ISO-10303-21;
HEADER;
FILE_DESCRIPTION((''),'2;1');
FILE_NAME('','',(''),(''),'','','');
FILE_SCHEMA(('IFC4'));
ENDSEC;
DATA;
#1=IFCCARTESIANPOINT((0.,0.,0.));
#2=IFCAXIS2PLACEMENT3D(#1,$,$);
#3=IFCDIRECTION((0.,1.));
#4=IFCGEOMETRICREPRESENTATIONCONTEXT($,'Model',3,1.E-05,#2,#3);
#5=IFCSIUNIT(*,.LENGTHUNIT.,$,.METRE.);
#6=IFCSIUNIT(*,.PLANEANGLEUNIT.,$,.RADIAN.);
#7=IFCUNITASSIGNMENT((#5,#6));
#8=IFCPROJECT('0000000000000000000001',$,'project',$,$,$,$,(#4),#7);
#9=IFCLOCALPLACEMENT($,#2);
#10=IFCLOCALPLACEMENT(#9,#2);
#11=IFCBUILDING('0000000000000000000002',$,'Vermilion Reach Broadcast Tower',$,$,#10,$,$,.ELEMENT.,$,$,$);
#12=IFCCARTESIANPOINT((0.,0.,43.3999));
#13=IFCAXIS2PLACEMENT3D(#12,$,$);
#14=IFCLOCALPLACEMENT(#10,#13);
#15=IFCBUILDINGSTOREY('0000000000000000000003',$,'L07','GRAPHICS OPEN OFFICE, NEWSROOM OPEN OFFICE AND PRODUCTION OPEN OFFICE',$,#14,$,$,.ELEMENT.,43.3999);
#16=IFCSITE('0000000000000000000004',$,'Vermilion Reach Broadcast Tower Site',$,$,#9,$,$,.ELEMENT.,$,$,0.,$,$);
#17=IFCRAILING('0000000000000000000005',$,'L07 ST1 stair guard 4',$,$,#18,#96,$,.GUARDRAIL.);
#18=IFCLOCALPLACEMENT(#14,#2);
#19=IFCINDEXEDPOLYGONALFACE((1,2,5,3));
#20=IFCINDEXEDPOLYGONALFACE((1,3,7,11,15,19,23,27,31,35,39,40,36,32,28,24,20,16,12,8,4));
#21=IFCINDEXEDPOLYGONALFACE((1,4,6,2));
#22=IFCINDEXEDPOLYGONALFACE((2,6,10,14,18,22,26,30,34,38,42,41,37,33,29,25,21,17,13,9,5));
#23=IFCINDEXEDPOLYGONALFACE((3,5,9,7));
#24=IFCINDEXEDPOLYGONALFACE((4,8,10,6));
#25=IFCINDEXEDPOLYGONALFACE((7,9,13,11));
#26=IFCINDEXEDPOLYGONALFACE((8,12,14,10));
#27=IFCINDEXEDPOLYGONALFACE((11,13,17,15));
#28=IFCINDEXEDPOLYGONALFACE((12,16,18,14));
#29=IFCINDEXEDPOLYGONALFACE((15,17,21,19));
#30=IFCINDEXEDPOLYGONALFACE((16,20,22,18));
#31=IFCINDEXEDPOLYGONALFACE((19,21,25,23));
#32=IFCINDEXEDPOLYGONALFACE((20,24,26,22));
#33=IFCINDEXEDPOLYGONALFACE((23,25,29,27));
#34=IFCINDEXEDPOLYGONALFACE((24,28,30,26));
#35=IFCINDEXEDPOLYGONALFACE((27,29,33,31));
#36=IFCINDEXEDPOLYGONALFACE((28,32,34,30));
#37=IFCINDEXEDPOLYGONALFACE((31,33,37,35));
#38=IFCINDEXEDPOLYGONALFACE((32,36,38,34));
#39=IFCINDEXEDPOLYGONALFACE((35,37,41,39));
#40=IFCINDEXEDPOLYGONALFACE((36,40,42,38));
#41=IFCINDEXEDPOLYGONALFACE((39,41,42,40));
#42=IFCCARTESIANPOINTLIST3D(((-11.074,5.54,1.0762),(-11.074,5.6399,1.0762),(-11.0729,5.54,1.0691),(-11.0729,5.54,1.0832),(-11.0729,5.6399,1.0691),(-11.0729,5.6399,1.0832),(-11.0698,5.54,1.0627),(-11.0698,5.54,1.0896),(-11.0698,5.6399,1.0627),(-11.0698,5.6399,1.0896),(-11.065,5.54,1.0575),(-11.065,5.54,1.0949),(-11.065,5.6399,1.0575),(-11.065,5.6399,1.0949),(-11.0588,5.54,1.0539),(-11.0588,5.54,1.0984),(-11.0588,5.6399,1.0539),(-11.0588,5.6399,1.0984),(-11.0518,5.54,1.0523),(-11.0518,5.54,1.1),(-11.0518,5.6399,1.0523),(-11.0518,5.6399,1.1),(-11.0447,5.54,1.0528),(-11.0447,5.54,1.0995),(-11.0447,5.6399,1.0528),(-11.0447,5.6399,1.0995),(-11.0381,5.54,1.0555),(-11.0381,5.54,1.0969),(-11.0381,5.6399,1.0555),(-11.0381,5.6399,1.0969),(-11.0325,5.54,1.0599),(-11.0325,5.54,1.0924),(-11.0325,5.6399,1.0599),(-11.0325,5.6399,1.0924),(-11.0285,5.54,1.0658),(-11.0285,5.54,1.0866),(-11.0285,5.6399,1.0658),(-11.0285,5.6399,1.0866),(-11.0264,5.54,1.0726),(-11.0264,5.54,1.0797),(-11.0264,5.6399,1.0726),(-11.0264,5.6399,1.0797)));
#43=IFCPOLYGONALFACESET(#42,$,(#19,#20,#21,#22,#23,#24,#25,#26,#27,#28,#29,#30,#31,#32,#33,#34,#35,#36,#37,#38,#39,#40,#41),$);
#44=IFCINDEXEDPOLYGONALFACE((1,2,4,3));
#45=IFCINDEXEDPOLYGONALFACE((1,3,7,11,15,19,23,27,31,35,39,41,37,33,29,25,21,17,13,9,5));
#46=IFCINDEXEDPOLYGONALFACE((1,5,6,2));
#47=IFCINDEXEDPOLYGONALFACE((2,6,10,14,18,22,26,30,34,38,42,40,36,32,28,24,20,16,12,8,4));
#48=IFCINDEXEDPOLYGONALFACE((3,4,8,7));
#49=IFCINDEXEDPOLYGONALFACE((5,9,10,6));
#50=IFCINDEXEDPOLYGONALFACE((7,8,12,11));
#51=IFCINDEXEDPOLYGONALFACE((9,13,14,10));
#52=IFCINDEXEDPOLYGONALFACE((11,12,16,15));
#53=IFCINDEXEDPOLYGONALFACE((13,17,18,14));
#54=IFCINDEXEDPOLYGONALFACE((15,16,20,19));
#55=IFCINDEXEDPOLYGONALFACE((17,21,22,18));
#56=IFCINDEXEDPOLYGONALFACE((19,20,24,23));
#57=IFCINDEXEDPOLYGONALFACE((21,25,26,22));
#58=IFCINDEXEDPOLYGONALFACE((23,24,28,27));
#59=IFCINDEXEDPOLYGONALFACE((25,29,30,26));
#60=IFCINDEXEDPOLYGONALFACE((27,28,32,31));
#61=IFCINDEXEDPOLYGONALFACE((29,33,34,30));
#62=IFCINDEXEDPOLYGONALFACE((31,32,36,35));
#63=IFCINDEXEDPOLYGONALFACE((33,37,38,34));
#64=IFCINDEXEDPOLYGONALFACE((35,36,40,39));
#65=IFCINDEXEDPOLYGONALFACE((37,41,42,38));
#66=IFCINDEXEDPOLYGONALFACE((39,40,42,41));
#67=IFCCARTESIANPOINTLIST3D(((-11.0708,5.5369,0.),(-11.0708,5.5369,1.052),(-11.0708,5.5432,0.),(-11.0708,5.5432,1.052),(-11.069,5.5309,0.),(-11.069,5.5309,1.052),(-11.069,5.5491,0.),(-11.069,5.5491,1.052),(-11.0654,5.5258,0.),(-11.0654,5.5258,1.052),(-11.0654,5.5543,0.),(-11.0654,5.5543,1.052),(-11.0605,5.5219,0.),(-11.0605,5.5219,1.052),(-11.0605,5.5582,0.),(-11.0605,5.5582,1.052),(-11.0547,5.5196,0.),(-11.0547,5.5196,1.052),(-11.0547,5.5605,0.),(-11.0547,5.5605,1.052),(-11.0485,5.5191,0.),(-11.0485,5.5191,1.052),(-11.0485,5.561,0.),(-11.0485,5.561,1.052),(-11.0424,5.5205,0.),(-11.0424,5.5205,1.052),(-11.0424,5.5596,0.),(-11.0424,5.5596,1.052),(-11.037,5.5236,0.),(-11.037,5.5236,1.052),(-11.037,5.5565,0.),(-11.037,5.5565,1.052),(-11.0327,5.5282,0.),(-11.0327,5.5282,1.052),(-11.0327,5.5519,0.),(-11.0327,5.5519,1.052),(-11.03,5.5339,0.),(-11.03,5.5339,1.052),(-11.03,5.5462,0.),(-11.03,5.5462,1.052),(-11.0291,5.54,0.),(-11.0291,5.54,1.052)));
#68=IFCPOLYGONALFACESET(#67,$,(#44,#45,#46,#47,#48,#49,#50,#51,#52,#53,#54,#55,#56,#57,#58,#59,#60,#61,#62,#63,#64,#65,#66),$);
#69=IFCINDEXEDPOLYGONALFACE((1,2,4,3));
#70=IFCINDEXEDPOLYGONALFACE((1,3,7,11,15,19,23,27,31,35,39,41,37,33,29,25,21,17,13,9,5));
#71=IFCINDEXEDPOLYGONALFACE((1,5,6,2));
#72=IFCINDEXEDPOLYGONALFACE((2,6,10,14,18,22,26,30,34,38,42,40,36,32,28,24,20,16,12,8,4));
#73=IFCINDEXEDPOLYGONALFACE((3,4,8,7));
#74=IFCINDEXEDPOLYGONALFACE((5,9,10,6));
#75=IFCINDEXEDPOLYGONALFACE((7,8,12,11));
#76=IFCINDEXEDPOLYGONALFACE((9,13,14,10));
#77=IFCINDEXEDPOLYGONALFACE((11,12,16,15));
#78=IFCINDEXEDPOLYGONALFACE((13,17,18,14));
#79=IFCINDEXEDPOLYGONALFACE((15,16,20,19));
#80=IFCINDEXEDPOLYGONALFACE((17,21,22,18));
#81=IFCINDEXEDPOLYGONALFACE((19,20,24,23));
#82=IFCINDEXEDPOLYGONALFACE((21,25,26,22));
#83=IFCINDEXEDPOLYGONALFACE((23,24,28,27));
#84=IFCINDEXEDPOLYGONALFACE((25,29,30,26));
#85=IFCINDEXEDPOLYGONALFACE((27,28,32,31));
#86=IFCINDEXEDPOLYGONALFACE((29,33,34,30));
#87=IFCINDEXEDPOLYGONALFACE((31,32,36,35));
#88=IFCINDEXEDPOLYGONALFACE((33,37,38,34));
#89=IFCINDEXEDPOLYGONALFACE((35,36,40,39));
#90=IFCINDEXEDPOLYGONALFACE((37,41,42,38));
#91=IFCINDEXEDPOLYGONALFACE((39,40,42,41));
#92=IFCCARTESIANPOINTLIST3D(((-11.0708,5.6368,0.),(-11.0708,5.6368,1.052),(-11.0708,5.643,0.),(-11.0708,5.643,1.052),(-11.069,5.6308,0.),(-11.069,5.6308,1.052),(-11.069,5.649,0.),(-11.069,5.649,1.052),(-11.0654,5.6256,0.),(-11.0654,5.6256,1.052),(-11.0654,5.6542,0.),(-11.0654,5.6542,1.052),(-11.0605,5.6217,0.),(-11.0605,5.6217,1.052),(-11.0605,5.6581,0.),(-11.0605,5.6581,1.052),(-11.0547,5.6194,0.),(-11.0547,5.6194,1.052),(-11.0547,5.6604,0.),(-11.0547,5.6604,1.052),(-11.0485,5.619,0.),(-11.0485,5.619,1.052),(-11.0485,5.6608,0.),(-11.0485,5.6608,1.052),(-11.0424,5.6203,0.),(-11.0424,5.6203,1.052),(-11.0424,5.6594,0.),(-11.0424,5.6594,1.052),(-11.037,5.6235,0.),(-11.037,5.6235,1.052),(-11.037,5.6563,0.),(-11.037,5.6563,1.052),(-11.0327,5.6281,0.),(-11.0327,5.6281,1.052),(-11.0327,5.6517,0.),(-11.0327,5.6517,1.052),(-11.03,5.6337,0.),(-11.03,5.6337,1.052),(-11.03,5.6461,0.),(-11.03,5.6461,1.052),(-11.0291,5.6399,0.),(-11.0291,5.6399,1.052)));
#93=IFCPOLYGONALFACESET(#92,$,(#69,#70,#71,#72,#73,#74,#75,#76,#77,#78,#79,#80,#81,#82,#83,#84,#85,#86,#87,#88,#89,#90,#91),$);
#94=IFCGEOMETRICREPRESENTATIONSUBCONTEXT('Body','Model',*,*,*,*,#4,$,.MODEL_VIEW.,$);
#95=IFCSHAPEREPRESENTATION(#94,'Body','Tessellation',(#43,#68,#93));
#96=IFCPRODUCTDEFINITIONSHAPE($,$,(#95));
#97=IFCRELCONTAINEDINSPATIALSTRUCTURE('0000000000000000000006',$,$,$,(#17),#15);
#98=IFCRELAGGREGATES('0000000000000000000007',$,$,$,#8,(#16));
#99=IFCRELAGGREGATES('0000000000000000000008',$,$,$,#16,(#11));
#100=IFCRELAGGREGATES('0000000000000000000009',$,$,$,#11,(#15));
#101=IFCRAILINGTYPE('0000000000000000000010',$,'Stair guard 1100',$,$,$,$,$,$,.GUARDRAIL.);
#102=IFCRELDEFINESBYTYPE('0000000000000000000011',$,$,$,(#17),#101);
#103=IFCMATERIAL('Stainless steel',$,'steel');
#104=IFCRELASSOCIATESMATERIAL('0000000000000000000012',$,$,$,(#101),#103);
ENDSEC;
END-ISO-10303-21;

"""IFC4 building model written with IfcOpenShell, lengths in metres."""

from ifc_helpers import new_model, si_unit, direction, frame, origin, origin_2d, place, context, subcontext, project, spatial, circle, extrude, material, type_object, element, save


model = new_model("IFC4")

# Units and contexts
model_context = context("Model", 3, precision=1e-05, world=origin(), true_north=direction((0.0, 1.0)))
body_context = subcontext(model_context, "Body", "Model", "MODEL_VIEW")
ifc_project = project(units=[si_unit("LENGTHUNIT", "METRE"), si_unit("PLANEANGLEUNIT", "RADIAN")], contexts=[model_context])

# Site, building, storey
site_placement = place(None, origin())
site = spatial("IfcSite", under=ifc_project, at=site_placement, Name="Vermilion Reach Broadcast Tower Site", CompositionType="ELEMENT", RefElevation=0.0)
building_placement = place(site_placement, origin())
building = spatial("IfcBuilding", under=site, at=building_placement, Name="Vermilion Reach Broadcast Tower", CompositionType="ELEMENT")
storey_placement = place(building_placement, frame((0.0, 0.0, 43.3999)))
storey = spatial("IfcBuildingStorey", under=building, at=storey_placement, Name="L07", Description="GRAPHICS OPEN OFFICE, NEWSROOM OPEN OFFICE AND PRODUCTION OPEN OFFICE", CompositionType="ELEMENT", Elevation=43.3999)

# Railing
ifc_material_1 = material(Name="Stainless steel", Category="steel")
railing_type_1 = type_object("IfcRailingType", Name="Stair guard 1100", PredefinedType="GUARDRAIL", material=ifc_material_1)
railing_1_placement = place(storey_placement, frame((-11.05, 5.54, 0.0)))
element("IfcRailing", 1, at=railing_1_placement, inside=storey, type_object=railing_type_1, Name="L07 ST1 stair guard 4", PredefinedType="GUARDRAIL", context=body_context, shape_type="SweptSolid", body=[
    extrude(circle(Radius=0.0239, at=origin_2d()), frame((0.0, 0.0, 1.0762), z_axis=(0.0, 1.0, 0.0), x_axis=(-1.0, 0.0, 0.0)), (0.0, 0.0, 1.0), 0.0999),
    extrude(circle(Radius=0.021, at=origin_2d()), origin(), (0.0, 0.0, 1.0), 1.052),
    extrude(circle(Radius=0.021, at=origin_2d()), frame((0.0, 0.0999, 0.0)), (0.0, 0.0, 1.0), 1.052),
])

save(model, "model.ifc")
